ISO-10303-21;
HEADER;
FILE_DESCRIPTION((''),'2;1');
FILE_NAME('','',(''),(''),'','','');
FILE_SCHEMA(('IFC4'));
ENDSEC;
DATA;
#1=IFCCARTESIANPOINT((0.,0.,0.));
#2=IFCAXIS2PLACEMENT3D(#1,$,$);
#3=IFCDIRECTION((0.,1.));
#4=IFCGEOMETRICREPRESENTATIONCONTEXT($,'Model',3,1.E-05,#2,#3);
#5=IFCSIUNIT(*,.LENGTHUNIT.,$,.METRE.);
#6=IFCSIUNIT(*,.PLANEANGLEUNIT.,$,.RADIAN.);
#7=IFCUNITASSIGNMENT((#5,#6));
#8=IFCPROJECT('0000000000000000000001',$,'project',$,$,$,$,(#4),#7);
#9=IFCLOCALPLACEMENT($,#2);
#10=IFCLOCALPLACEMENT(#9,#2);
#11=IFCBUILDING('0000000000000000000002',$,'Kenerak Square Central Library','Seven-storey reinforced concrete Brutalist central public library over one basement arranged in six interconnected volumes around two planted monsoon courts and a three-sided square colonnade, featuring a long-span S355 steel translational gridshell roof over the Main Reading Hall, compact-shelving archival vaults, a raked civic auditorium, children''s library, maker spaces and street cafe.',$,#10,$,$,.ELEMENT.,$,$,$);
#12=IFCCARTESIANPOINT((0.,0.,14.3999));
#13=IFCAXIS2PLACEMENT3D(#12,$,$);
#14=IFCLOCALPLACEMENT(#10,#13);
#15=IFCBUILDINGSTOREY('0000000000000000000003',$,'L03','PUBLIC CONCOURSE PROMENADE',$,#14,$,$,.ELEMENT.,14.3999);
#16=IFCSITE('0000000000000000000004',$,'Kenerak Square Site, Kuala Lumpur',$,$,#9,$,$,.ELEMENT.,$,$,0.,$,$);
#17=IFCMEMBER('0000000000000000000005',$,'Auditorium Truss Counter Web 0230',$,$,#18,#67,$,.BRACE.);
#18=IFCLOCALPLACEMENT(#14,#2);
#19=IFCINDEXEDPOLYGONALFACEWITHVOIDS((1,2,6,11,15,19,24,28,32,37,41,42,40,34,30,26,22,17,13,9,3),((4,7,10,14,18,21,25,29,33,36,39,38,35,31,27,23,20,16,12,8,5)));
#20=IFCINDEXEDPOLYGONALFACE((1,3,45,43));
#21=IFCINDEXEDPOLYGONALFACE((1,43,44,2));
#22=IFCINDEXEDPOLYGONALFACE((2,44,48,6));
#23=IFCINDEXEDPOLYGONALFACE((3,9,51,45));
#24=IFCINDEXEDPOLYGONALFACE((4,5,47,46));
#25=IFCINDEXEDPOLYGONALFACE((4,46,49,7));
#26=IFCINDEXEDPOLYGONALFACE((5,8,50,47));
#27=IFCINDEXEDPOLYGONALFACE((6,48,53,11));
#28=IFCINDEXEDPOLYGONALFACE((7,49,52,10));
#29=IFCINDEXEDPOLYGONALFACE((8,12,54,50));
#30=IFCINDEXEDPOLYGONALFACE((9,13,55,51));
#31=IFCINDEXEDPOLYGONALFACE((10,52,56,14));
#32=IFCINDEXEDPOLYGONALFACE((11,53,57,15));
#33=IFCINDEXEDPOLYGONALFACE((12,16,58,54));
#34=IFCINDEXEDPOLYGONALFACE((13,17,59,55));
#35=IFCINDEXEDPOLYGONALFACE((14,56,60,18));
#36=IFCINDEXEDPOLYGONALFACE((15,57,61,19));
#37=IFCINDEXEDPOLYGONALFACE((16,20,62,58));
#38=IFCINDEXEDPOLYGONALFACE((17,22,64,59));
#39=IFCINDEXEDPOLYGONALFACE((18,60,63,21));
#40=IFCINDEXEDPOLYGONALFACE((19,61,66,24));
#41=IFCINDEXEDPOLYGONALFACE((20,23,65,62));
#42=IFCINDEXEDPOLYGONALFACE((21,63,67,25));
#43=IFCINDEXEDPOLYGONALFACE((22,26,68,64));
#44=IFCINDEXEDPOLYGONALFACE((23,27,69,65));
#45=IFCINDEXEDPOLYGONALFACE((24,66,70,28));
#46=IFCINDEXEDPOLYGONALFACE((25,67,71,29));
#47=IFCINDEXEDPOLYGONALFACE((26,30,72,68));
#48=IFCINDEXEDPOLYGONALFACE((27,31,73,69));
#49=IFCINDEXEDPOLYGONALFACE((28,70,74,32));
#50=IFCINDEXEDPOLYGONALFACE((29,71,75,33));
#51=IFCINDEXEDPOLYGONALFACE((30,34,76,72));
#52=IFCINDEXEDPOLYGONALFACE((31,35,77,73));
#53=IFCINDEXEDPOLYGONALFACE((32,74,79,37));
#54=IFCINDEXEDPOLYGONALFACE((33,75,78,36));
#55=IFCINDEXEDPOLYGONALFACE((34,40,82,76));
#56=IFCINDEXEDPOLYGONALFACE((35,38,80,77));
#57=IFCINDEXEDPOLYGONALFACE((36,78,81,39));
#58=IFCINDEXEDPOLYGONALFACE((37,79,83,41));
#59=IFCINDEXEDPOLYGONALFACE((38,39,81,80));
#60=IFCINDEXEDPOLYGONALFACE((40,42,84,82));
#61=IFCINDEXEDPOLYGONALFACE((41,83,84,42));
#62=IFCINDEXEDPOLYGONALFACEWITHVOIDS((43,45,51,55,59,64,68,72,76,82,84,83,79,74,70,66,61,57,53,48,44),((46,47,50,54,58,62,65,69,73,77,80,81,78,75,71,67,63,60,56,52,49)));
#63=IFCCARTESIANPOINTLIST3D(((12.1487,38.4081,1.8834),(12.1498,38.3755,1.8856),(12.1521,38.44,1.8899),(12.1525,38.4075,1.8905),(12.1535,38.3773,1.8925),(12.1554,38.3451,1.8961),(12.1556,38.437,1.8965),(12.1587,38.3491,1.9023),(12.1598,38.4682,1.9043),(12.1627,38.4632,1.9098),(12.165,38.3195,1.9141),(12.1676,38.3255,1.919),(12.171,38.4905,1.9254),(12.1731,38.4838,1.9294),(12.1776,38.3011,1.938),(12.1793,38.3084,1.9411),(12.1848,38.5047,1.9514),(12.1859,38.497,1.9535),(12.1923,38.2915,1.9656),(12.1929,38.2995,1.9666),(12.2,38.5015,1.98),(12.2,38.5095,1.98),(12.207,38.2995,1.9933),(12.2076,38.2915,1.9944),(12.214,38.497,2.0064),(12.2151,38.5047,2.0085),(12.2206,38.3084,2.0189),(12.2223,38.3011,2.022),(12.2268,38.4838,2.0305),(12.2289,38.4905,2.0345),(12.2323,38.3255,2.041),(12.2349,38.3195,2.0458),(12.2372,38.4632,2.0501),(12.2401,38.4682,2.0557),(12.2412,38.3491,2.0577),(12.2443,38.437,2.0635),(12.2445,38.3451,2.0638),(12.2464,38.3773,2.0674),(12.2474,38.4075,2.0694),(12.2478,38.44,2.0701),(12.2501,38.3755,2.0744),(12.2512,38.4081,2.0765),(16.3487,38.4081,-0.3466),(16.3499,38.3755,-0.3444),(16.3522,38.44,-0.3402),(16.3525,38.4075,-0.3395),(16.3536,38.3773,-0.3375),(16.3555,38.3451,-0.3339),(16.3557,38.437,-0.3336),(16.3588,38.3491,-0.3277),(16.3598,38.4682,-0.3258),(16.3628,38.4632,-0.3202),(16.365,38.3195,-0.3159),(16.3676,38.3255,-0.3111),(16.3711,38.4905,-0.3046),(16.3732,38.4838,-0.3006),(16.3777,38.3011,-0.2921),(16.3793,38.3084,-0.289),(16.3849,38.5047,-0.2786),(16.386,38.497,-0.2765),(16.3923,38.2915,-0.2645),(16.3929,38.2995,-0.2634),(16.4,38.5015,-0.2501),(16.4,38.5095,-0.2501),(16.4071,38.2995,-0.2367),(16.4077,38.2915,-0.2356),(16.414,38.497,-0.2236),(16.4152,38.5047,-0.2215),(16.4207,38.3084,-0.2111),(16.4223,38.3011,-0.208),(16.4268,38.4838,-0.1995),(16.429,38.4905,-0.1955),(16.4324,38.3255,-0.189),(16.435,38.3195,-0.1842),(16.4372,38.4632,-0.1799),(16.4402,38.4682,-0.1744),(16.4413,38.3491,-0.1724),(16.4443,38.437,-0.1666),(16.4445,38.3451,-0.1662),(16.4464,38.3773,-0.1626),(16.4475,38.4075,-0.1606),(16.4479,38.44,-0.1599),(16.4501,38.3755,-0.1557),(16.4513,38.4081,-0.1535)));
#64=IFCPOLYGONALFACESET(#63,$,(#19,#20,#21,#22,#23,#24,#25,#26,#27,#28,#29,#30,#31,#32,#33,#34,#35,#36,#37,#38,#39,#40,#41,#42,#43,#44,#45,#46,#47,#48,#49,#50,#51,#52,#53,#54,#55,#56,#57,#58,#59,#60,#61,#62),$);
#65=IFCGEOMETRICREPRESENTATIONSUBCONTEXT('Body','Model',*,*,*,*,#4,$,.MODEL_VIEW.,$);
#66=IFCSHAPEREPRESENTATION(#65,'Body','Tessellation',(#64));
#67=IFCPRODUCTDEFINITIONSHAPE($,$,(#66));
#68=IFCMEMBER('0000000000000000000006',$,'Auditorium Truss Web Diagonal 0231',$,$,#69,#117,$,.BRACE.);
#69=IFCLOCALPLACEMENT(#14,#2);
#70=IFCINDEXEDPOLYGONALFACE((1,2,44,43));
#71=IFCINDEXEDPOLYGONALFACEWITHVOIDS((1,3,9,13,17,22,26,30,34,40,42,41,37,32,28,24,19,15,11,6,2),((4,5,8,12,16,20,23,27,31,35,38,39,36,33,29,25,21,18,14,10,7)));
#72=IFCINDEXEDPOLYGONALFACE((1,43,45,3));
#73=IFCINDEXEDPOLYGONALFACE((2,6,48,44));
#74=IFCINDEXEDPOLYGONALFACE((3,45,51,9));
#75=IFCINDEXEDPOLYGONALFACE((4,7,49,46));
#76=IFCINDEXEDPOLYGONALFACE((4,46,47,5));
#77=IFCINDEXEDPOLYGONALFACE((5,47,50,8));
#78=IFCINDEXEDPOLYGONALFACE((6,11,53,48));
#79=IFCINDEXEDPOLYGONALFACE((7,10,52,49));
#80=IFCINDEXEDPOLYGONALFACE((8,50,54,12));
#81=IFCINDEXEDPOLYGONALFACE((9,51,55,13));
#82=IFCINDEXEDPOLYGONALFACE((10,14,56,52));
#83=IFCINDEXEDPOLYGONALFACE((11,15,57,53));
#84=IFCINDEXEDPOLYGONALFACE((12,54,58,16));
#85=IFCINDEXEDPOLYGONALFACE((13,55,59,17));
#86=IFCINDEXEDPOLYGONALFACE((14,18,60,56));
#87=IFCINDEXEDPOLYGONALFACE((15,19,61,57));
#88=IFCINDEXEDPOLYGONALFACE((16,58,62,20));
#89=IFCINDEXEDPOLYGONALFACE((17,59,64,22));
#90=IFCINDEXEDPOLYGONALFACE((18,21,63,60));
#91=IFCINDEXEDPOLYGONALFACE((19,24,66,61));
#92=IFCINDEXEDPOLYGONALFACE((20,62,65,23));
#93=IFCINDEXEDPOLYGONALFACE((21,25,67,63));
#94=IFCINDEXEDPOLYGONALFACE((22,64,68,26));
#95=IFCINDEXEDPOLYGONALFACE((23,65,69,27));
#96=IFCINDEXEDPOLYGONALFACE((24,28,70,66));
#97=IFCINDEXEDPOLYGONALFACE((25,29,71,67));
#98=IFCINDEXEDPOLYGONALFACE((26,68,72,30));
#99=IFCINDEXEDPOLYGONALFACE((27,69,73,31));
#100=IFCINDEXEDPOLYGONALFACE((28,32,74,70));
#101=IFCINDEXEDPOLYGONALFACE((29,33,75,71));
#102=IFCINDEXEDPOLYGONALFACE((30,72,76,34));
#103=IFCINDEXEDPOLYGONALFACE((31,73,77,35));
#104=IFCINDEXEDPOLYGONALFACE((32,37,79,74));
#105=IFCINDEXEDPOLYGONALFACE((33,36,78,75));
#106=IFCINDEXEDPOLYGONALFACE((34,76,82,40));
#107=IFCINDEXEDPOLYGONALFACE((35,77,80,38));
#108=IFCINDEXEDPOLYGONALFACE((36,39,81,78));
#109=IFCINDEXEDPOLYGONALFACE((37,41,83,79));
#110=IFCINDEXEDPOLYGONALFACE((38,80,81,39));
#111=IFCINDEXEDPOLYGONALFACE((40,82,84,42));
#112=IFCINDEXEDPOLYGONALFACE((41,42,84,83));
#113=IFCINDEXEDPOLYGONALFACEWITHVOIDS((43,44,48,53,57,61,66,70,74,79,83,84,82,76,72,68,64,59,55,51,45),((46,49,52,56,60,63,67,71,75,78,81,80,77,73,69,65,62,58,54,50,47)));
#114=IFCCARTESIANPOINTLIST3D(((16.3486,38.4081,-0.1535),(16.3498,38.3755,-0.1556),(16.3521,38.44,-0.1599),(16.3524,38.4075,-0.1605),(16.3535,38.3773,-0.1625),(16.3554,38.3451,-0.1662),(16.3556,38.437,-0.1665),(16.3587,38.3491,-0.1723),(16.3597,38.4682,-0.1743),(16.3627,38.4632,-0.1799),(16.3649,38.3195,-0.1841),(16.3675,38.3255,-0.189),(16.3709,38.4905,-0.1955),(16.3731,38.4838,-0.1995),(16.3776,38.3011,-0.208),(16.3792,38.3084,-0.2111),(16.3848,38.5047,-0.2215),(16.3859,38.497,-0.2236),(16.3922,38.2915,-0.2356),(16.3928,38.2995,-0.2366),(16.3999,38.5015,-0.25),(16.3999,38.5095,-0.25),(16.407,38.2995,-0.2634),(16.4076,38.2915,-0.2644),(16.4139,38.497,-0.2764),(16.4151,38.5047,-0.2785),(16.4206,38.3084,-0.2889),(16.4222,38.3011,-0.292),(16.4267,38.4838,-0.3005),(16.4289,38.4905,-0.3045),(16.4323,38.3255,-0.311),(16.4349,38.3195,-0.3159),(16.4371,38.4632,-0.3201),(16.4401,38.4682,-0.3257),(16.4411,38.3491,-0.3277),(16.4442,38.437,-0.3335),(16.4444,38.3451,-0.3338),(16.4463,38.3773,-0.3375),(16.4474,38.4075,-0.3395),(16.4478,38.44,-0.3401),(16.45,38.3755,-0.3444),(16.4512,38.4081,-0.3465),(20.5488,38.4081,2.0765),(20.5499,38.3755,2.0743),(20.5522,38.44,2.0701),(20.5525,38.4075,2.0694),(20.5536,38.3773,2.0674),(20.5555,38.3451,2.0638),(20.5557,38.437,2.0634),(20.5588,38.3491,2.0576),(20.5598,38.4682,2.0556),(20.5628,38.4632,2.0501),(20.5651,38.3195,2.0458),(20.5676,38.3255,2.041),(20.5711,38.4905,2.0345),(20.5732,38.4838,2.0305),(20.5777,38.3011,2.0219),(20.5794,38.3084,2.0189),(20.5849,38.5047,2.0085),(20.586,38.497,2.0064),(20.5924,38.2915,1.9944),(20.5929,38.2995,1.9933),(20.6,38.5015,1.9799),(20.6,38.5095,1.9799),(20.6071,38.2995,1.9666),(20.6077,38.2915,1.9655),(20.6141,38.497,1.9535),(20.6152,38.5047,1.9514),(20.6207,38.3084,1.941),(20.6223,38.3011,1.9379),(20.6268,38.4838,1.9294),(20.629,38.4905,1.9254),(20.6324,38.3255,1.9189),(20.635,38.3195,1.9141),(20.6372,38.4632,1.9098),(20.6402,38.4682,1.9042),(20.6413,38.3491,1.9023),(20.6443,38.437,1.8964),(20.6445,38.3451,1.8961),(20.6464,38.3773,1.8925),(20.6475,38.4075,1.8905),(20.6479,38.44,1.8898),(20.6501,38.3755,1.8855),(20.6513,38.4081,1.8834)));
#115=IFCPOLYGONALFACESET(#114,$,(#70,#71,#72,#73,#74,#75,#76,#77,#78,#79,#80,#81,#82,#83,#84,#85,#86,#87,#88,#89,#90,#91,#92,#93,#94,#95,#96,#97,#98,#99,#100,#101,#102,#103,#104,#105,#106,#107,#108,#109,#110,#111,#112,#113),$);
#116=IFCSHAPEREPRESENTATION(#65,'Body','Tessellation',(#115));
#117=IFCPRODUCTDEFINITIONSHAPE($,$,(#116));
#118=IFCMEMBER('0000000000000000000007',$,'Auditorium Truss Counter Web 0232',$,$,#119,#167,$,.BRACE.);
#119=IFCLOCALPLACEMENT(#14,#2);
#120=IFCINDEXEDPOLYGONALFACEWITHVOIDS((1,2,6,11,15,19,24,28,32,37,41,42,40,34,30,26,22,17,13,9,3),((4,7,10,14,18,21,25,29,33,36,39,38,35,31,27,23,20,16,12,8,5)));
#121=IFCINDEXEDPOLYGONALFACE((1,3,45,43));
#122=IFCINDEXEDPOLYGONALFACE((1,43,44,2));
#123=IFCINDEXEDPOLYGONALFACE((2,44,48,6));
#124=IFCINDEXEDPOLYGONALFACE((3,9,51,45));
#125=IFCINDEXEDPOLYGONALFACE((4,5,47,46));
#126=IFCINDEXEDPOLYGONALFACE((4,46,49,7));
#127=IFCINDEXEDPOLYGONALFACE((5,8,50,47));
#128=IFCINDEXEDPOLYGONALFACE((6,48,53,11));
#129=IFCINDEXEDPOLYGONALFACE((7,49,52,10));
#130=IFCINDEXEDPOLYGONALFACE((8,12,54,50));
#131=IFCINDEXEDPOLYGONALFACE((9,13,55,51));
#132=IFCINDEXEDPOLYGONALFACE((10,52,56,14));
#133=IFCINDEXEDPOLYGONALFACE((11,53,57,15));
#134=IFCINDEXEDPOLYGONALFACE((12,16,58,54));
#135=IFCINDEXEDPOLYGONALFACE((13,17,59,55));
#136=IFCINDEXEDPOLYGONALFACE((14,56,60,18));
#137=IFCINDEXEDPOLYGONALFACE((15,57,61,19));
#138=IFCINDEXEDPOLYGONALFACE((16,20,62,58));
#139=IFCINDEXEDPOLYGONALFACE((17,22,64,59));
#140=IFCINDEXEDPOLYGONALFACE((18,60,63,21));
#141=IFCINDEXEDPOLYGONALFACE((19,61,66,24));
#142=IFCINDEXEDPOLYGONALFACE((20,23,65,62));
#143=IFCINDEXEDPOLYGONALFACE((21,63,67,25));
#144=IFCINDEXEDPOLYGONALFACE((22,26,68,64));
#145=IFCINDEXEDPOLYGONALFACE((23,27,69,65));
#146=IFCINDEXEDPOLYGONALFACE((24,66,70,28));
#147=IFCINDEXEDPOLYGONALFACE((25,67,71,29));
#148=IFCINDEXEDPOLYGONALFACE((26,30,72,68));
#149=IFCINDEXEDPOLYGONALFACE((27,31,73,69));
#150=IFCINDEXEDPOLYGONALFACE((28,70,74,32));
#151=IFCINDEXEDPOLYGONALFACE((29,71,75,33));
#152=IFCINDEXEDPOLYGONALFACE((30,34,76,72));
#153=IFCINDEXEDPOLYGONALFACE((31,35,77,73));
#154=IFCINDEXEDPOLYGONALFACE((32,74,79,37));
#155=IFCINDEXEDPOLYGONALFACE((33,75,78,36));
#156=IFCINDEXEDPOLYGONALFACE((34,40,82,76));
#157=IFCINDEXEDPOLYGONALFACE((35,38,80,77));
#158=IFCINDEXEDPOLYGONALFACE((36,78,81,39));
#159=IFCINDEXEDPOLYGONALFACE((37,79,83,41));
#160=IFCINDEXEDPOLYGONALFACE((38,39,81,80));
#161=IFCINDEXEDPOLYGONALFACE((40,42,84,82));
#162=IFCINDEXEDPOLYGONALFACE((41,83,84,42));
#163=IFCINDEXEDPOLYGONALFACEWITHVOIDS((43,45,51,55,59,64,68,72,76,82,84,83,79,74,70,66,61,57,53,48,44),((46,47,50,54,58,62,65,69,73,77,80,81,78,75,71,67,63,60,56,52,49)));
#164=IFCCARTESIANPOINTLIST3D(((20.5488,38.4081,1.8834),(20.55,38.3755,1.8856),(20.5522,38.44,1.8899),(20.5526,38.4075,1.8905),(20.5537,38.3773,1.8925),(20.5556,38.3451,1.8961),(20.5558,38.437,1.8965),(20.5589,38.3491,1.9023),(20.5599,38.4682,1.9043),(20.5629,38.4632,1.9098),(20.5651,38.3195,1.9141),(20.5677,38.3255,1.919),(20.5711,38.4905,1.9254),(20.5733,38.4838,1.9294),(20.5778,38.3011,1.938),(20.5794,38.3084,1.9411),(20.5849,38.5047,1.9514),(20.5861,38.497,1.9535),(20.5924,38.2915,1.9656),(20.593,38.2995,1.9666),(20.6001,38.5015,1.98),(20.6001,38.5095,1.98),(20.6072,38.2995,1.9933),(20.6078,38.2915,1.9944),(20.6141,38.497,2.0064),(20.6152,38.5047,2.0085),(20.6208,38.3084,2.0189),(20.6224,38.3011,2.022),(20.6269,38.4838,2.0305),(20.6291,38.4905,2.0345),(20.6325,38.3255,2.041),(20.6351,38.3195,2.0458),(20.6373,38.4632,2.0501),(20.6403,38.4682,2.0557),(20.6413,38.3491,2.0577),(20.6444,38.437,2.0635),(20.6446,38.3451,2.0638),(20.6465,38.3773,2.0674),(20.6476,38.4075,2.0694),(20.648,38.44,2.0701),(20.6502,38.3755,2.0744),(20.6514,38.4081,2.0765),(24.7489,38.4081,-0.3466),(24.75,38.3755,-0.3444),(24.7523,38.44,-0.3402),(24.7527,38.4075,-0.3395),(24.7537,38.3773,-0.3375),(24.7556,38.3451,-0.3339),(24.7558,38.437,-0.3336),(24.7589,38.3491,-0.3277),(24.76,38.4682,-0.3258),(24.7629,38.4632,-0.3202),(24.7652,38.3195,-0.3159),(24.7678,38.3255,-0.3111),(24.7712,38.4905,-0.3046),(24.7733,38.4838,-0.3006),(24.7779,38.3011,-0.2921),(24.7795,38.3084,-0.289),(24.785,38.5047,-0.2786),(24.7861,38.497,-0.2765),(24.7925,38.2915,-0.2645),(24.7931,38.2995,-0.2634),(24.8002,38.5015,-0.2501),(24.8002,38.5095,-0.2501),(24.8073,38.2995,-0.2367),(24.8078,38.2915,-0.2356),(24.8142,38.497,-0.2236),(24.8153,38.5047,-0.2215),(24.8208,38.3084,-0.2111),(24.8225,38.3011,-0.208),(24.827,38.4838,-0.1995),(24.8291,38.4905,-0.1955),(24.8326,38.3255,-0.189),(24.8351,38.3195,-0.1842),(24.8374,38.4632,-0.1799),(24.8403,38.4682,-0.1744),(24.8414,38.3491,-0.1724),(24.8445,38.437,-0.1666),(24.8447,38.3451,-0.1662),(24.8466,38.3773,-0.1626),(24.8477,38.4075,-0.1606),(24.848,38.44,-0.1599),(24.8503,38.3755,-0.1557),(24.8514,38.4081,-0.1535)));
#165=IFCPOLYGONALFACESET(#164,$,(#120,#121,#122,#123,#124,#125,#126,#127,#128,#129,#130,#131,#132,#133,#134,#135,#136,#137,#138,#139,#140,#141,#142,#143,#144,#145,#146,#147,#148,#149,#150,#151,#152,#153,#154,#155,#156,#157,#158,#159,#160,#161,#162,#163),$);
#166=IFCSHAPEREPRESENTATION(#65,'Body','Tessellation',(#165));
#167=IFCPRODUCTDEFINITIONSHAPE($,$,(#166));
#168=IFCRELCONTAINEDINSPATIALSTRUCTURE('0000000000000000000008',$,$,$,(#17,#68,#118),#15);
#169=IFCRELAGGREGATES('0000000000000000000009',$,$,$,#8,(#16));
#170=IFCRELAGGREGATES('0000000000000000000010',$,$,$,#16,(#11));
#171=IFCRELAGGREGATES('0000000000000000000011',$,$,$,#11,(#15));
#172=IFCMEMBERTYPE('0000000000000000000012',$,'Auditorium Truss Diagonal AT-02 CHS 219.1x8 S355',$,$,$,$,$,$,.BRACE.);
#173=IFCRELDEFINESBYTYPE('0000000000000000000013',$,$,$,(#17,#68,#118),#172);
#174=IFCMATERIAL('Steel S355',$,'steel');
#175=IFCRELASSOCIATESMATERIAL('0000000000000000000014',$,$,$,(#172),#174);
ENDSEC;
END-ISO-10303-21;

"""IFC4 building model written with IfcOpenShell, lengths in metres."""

from ifc_helpers import new_model, si_unit, direction, frame, origin, origin_2d, place, context, subcontext, project, spatial, hollow_circle, extrude, material, material_profile, profile_set, type_object, element, save


model = new_model("IFC4")

# Units and contexts
model_context = context("Model", 3, precision=1e-05, world=origin(), true_north=direction((0.0, 1.0)))
body_context = subcontext(model_context, "Body", "Model", "MODEL_VIEW")
ifc_project = project(units=[si_unit("LENGTHUNIT", "METRE"), si_unit("PLANEANGLEUNIT", "RADIAN")], contexts=[model_context])

# Site, building, storey
site_placement = place(None, origin())
site = spatial("IfcSite", under=ifc_project, at=site_placement, Name="Kenerak Square Site, Kuala Lumpur", CompositionType="ELEMENT", RefElevation=0.0)
building_placement = place(site_placement, origin())
building = spatial("IfcBuilding", under=site, at=building_placement, Name="Kenerak Square Central Library", Description="Seven-storey reinforced concrete Brutalist central public library over one basement arranged in six interconnected volumes around two planted monsoon courts and a three-sided square colonnade, featuring a long-span S355 steel translational gridshell roof over the Main Reading Hall, compact-shelving archival vaults, a raked civic auditorium, children's library, maker spaces and street cafe.", CompositionType="ELEMENT")
storey_placement = place(building_placement, frame((0.0, 0.0, 14.3999)))
storey = spatial("IfcBuildingStorey", under=building, at=storey_placement, Name="L03", Description="PUBLIC CONCOURSE PROMENADE", CompositionType="ELEMENT", Elevation=14.3999)

# Shared definitions
ifc_material_1 = material(Name="Steel S355", Category="steel")

# Members
ifc_material_profile_1 = material_profile(ifc_material_1, hollow_circle(Radius=0.1096, WallThickness=0.0081, at=origin_2d()), Name="CHS 219.1x8.0")
ifc_profile_set_1 = profile_set([ifc_material_profile_1], Name="Steel S355")
member_type_1 = type_object("IfcMemberType", Name="Auditorium Truss Diagonal AT-02 CHS 219.1x8 S355", PredefinedType="BRACE", material=ifc_profile_set_1)
for number, where, z_axis, x_axis, name in (
    (1, (12.2, 38.3999, 1.98), (0.883224, 0.0, -0.468951), (0.0, 1.0, 0.0), "Auditorium Truss Counter Web 0230"),
    (2, (16.3999, 38.3999, -0.25), (0.883235, 0.0, 0.46893), (0.0, 1.0, 0.0), "Auditorium Truss Web Diagonal 0231"),
    (3, (20.6001, 38.3999, 1.98), (0.883224, 0.0, -0.468951), (0.0, 1.0, 0.0), "Auditorium Truss Counter Web 0232"),
):
    element("IfcMember", number, at=place(storey_placement, frame(where, z_axis=z_axis, x_axis=x_axis)), inside=storey, type_object=member_type_1, Name=name, PredefinedType="BRACE", context=body_context, shape_type="SweptSolid", body=[
        extrude(hollow_circle(Radius=0.1096, WallThickness=0.0081, at=origin_2d()), origin(), (0.0, 0.0, 1.0), 4.7554),
    ])

save(model, "model.ifc")
